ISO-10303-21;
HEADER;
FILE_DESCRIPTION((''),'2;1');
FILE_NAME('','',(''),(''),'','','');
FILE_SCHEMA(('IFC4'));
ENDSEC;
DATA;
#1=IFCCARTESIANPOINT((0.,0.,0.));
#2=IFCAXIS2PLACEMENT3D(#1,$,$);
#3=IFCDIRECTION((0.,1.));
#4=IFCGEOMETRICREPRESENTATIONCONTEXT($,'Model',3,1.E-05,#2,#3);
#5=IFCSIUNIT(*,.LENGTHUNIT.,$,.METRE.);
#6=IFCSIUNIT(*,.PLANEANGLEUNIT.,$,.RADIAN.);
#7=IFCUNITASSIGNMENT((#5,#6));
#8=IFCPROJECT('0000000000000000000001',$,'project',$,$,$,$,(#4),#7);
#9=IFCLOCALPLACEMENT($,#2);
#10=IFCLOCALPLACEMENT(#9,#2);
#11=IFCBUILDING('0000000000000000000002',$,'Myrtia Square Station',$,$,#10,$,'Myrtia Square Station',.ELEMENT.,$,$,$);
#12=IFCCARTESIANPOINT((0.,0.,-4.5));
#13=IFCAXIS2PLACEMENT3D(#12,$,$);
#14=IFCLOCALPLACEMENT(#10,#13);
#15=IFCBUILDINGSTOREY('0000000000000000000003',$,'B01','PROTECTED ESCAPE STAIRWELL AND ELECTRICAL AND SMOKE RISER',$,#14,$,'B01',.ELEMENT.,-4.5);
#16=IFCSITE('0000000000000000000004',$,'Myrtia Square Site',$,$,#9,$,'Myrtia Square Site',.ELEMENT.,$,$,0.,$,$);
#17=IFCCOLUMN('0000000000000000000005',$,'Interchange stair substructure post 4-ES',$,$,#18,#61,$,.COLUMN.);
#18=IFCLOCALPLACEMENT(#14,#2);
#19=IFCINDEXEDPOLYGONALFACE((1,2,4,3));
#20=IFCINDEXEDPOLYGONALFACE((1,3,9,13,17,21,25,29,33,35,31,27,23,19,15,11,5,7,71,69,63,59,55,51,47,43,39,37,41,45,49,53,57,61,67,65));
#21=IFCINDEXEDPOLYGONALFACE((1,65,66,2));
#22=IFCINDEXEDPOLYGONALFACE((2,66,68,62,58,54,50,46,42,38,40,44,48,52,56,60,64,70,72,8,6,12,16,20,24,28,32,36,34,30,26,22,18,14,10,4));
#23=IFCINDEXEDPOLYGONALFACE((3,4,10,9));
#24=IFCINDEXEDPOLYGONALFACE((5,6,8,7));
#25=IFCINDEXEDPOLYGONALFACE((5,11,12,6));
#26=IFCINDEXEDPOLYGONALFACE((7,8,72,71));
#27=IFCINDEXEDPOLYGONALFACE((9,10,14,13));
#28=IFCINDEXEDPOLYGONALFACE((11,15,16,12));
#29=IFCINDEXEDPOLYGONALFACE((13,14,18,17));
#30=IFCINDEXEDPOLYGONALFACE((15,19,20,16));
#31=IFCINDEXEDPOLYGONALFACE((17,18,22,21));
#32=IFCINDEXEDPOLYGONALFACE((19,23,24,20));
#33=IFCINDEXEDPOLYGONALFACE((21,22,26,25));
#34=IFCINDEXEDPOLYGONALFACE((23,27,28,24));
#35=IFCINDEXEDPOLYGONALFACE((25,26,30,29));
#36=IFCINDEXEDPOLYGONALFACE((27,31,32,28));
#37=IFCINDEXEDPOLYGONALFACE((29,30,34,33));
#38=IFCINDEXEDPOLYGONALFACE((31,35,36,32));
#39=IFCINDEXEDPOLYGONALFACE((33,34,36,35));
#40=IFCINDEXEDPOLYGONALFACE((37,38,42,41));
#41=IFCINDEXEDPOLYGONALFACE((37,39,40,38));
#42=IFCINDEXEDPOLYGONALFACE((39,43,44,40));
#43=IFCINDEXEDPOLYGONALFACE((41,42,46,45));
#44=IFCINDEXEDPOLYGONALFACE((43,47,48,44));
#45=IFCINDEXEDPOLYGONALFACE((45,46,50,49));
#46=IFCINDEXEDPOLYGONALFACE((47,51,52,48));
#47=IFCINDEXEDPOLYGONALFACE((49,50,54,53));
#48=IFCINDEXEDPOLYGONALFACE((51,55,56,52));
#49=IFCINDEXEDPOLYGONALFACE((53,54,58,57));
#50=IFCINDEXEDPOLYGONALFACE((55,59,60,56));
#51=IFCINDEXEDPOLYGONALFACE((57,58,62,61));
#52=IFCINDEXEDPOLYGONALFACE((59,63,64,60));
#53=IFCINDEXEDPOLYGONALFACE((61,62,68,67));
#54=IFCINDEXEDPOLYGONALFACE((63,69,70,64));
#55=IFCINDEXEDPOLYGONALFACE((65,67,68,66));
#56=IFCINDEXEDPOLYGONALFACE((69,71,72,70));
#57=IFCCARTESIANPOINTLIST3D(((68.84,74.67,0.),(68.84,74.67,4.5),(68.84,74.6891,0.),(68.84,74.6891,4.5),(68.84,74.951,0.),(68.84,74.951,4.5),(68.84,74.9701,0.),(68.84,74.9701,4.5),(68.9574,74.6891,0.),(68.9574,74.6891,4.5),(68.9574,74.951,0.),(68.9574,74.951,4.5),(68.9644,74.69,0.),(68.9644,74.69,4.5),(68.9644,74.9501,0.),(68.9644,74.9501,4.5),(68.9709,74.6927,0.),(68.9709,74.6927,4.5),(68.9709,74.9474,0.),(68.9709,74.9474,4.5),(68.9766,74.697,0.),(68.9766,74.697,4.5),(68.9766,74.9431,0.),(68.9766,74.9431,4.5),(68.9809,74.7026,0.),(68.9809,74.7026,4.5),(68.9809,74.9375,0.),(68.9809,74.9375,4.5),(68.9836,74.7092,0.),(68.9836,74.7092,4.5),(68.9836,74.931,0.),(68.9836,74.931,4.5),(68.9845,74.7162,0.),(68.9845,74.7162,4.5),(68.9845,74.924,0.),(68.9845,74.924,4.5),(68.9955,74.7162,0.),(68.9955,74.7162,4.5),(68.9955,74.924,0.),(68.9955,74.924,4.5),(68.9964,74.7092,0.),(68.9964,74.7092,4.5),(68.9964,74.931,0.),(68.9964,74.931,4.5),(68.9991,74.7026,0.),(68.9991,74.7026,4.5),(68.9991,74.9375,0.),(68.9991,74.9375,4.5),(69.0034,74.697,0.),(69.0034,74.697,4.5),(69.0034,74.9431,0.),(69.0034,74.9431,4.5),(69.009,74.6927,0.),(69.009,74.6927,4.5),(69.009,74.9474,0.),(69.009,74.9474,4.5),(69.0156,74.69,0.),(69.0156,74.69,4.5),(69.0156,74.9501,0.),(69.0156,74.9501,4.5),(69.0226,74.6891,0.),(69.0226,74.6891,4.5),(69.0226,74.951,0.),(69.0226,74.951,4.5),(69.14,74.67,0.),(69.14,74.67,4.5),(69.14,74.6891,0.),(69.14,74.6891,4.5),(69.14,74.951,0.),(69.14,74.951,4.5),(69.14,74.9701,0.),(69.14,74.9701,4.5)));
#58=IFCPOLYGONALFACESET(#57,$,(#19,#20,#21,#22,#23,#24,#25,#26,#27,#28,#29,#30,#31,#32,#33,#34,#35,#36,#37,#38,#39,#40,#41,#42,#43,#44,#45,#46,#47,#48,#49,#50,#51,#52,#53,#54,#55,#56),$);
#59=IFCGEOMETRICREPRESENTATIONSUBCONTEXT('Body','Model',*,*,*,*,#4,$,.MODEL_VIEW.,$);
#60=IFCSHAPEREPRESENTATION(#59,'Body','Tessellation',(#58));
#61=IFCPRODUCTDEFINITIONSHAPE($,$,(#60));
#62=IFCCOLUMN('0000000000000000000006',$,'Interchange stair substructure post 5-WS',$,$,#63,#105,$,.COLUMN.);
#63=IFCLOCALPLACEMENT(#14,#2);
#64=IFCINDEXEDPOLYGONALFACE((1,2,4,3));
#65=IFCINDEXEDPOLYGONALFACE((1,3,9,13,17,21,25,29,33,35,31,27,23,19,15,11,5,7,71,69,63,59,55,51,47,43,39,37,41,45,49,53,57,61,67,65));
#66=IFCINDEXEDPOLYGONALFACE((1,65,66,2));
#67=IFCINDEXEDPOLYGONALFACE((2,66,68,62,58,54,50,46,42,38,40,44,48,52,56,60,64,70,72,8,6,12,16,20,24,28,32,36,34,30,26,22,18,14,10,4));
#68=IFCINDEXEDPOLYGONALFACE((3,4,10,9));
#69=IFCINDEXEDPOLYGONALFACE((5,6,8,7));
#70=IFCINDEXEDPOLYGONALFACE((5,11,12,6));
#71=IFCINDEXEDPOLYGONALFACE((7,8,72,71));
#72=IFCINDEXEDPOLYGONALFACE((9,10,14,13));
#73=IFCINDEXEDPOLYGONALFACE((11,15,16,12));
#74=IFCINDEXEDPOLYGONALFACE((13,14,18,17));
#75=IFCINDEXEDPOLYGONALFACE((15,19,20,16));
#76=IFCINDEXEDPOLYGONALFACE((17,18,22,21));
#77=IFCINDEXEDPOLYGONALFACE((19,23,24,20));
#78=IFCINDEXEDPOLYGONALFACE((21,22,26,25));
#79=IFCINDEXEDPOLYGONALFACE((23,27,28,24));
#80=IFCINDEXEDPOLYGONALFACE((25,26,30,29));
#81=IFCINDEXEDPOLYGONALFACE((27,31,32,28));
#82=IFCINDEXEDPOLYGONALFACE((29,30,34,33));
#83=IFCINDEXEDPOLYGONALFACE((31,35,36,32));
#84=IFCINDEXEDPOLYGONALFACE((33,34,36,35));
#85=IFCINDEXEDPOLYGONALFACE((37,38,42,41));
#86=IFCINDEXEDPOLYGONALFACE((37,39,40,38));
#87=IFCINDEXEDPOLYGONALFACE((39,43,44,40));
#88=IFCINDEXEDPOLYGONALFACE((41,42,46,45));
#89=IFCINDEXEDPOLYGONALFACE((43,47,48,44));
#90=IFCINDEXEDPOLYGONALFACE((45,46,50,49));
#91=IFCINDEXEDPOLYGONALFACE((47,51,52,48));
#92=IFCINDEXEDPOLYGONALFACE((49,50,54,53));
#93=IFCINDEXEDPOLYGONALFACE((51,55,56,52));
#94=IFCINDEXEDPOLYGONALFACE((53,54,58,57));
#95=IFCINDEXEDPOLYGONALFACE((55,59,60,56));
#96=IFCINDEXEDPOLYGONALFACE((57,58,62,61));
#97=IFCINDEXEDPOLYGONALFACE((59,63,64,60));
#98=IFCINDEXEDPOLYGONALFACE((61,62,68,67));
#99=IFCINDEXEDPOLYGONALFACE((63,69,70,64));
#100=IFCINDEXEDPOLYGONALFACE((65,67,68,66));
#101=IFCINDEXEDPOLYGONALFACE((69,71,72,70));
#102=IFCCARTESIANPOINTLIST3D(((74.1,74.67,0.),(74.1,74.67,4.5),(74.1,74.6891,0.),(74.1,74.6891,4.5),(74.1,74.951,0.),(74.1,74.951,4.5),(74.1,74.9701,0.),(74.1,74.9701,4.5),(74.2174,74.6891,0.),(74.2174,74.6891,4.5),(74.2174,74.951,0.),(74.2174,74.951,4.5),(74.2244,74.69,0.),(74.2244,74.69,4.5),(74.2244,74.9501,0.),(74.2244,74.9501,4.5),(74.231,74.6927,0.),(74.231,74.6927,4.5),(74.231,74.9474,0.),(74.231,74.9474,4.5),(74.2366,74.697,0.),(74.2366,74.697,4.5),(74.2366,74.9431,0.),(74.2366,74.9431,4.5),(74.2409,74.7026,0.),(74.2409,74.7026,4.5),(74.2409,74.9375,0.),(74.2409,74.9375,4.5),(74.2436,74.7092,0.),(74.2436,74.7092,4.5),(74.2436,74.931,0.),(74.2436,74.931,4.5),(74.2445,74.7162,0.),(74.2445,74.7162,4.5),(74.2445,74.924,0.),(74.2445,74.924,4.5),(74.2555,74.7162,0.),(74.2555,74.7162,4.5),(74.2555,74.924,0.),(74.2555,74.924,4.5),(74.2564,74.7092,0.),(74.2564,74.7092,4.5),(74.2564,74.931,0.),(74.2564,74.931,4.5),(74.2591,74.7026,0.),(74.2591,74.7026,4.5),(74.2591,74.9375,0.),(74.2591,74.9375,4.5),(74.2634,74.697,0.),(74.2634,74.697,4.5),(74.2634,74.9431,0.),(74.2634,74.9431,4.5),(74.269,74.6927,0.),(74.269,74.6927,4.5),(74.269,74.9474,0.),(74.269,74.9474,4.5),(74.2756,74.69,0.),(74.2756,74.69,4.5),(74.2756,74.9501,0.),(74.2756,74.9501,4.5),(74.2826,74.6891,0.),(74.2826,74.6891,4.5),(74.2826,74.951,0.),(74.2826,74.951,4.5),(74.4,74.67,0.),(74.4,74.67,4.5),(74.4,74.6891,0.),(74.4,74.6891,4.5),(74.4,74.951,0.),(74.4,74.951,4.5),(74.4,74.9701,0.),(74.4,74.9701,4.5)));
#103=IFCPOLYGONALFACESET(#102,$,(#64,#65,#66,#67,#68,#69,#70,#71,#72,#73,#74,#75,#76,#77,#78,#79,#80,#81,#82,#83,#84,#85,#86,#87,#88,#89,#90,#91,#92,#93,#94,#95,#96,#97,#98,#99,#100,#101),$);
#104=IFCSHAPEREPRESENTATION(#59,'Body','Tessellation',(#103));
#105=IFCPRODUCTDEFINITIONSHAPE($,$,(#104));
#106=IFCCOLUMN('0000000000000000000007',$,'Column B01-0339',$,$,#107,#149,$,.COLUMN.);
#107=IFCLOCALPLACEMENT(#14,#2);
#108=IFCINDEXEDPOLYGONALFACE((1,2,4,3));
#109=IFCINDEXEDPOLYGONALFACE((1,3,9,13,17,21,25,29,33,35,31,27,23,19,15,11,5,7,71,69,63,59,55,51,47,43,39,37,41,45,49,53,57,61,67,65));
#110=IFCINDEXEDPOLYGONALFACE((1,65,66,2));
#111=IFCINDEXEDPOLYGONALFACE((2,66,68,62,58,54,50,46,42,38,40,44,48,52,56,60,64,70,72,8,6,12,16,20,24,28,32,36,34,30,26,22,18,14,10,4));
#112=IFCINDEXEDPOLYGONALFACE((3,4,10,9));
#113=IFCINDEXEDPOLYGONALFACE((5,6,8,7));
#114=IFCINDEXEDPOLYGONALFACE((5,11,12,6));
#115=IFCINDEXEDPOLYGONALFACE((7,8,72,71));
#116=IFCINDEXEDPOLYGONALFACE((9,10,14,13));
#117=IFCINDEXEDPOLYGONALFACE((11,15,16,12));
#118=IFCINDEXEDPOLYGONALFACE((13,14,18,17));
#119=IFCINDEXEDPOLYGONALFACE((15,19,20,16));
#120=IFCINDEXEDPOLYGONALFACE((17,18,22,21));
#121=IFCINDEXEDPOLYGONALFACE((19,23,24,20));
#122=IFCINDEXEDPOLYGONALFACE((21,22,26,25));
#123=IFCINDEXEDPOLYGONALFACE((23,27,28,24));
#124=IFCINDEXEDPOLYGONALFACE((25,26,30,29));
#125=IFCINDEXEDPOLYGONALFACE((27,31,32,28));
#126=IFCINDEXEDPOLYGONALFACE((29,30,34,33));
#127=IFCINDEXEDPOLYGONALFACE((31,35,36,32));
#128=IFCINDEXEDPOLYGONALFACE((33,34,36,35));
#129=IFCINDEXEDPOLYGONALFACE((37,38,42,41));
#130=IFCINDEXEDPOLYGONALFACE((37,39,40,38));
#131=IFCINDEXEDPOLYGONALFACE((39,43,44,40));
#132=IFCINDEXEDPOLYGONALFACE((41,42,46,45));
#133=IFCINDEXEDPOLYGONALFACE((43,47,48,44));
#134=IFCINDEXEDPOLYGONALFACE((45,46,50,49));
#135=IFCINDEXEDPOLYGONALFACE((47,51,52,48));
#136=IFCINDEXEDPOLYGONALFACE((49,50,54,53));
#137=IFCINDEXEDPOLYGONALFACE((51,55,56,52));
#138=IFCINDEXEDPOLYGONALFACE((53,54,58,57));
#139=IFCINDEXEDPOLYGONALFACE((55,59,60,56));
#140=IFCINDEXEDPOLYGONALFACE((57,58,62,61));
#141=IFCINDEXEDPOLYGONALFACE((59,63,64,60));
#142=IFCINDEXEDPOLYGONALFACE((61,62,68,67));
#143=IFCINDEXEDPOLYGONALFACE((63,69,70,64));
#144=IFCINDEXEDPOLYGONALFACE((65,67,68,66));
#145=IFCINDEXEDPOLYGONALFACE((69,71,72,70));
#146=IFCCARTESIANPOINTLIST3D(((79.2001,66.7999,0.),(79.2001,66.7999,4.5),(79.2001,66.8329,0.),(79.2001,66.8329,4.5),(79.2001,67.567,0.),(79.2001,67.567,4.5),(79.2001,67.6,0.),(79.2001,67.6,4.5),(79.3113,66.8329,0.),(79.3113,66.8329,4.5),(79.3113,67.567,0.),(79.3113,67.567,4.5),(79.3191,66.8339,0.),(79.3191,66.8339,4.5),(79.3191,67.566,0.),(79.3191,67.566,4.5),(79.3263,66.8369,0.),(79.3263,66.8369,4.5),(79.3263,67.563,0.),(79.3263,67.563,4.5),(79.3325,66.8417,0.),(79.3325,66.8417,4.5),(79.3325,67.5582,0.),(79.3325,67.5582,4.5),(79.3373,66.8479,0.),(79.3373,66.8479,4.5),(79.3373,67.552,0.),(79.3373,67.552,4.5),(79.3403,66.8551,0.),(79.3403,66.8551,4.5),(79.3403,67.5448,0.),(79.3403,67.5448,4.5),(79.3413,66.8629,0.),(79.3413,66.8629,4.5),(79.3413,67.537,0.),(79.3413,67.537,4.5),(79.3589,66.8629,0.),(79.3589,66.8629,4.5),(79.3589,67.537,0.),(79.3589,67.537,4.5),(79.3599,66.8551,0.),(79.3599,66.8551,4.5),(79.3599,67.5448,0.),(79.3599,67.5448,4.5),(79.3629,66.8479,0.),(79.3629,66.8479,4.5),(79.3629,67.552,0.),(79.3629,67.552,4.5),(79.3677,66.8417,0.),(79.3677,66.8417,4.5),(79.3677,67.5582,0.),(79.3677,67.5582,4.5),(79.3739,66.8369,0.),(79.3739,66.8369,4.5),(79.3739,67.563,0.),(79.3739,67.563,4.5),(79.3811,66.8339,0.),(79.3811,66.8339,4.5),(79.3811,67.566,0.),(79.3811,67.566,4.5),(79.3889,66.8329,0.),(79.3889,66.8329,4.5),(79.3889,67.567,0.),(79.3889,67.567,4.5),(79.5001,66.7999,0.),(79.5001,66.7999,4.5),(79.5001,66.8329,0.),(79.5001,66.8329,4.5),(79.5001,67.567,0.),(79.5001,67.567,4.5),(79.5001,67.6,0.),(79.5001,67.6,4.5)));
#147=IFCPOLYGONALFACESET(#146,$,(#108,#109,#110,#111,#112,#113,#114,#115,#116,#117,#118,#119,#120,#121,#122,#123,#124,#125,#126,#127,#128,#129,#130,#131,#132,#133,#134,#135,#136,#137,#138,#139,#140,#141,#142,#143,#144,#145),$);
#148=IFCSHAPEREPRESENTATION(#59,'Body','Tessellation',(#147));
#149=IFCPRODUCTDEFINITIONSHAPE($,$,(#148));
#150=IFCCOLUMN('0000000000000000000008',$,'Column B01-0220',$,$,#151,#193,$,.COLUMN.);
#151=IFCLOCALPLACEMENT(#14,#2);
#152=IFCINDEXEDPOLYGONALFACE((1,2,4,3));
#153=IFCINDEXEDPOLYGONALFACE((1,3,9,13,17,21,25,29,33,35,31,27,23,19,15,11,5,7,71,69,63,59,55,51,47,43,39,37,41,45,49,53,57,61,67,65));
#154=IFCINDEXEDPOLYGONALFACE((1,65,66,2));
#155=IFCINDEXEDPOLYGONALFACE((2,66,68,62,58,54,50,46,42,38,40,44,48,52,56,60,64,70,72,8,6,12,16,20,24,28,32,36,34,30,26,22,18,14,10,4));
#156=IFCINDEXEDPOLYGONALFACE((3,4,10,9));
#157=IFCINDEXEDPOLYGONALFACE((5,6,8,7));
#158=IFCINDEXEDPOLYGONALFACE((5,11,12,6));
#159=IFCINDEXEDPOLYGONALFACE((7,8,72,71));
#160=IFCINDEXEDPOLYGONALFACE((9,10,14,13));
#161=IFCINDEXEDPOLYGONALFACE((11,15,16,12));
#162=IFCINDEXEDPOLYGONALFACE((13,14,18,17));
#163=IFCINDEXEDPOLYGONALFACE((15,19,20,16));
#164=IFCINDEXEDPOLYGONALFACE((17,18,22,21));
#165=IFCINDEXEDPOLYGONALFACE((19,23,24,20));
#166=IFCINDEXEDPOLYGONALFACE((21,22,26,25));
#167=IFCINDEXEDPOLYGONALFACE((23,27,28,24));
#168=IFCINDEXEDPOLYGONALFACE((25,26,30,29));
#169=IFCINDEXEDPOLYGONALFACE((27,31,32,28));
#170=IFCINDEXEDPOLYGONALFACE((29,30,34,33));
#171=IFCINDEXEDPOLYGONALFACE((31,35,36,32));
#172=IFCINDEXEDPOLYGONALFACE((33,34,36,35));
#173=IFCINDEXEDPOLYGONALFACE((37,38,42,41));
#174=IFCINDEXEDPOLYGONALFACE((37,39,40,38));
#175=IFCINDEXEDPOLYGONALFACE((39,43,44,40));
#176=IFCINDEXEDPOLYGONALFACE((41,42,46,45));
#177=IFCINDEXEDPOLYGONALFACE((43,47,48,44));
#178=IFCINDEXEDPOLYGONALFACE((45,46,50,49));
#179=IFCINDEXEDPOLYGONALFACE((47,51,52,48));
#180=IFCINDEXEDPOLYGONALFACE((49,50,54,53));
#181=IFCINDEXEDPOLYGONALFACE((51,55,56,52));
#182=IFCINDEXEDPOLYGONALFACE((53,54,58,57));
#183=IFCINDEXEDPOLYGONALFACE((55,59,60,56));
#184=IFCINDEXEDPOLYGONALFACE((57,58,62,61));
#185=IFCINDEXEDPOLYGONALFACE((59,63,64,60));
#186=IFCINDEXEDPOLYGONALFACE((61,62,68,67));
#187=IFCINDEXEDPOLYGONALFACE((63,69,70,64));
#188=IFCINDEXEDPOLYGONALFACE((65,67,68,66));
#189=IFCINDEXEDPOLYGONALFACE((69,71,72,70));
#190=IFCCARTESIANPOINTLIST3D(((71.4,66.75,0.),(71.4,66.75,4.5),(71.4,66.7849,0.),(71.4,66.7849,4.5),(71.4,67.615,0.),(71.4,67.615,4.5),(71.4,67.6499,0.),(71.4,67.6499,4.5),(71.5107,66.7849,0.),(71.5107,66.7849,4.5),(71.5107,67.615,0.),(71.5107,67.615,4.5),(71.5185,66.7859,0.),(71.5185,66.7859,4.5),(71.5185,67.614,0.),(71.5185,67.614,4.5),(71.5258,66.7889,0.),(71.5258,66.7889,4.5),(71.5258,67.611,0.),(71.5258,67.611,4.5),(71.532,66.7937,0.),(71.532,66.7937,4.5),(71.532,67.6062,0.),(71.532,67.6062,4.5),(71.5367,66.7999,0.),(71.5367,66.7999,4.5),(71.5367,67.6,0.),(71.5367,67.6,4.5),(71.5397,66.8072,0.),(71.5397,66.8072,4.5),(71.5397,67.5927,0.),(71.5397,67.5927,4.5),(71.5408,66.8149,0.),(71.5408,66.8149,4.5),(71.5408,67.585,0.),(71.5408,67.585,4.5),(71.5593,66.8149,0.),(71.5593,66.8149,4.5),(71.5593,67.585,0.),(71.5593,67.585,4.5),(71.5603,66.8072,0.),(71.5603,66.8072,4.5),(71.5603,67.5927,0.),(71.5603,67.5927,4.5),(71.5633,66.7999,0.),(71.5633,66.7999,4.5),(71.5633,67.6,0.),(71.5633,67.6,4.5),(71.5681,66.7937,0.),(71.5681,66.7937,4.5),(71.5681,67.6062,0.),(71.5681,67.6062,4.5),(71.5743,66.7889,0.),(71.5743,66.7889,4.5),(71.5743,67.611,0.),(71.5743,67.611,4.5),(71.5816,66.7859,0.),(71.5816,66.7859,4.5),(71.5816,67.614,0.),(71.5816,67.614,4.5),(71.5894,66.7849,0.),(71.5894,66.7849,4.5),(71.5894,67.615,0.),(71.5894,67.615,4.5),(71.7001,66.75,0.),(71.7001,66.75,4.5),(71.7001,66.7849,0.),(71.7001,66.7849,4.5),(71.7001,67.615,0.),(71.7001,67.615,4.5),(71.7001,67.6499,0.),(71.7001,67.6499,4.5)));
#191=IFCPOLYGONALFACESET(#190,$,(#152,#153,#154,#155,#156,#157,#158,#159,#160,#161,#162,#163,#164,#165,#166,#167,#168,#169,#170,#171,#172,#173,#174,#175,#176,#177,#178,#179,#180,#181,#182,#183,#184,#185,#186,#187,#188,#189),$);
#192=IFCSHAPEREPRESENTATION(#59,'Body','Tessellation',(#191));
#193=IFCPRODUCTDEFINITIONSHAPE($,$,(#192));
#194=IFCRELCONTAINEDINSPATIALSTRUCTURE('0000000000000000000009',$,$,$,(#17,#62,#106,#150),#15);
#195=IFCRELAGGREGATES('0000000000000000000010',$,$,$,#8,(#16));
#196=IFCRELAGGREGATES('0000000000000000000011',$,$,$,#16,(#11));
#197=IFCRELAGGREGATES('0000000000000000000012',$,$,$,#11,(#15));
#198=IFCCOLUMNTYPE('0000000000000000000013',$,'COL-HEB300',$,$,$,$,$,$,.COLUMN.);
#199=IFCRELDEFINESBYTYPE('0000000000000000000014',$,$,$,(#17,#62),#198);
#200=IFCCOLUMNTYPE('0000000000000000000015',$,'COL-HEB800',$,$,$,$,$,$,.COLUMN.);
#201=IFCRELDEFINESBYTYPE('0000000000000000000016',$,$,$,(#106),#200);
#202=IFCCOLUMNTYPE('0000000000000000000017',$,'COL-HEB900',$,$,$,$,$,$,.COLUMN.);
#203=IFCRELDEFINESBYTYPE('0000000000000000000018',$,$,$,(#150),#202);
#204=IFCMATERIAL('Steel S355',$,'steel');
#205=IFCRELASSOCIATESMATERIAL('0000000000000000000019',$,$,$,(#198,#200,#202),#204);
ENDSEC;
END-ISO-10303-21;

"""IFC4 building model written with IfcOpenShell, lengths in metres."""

from ifc_helpers import new_model, si_unit, direction, frame, origin, origin_2d, place, context, subcontext, project, spatial, i_section, extrude, material, material_profile, profile_set, type_object, element, save


model = new_model("IFC4")

# Units and contexts
model_context = context("Model", 3, precision=1e-05, world=origin(), true_north=direction((0.0, 1.0)))
body_context = subcontext(model_context, "Body", "Model", "MODEL_VIEW")
ifc_project = project(units=[si_unit("LENGTHUNIT", "METRE"), si_unit("PLANEANGLEUNIT", "RADIAN")], contexts=[model_context])

# Site, building, storey
site_placement = place(None, origin())
site = spatial("IfcSite", under=ifc_project, at=site_placement, Name="Myrtia Square Site", LongName="Myrtia Square Site", CompositionType="ELEMENT", RefElevation=0.0)
building_placement = place(site_placement, origin())
building = spatial("IfcBuilding", under=site, at=building_placement, Name="Myrtia Square Station", LongName="Myrtia Square Station", CompositionType="ELEMENT")
storey_placement = place(building_placement, frame((0.0, 0.0, -4.5)))
storey = spatial("IfcBuildingStorey", under=building, at=storey_placement, Name="B01", Description="PROTECTED ESCAPE STAIRWELL AND ELECTRICAL AND SMOKE RISER", LongName="B01", CompositionType="ELEMENT", Elevation=-4.5)

# Columns
ifc_material_1 = material(Name="Steel S355", Category="steel")
ifc_material_profile_1 = material_profile(ifc_material_1, i_section(OverallWidth=0.3, OverallDepth=0.3, WebThickness=0.011, FlangeThickness=0.019, FilletRadius=0.0271, at=origin_2d()), Name="HEB 300")
ifc_profile_set_1 = profile_set([ifc_material_profile_1], Name="Steel S355")
column_type_1 = type_object("IfcColumnType", Name="COL-HEB300", PredefinedType="COLUMN", material=ifc_profile_set_1)
for number, where, z_axis, x_axis, name in (
    (1, (68.99, 74.8201, 0.0), (0.0, 0.0, 1.0), (1.0, 0.0, 0.0), "Interchange stair substructure post 4-ES"),
    (2, (74.25, 74.8201, 0.0), (0.0, 0.0, 1.0), (1.0, 0.0, 0.0), "Interchange stair substructure post 5-WS"),
):
    element("IfcColumn", number, at=place(storey_placement, frame(where, z_axis=z_axis, x_axis=x_axis)), inside=storey, type_object=column_type_1, Name=name, PredefinedType="COLUMN", context=body_context, shape_type="SweptSolid", body=[
        extrude(i_section(OverallWidth=0.3, OverallDepth=0.3, WebThickness=0.011, FlangeThickness=0.019, FilletRadius=0.0271, at=origin_2d()), origin(), (0.0, 0.0, 1.0), 4.5),
    ])
ifc_material_profile_2 = material_profile(ifc_material_1, i_section(OverallWidth=0.3, OverallDepth=0.8, WebThickness=0.0176, FlangeThickness=0.033, FilletRadius=0.03, at=origin_2d()), Name="HEB 800")
ifc_profile_set_2 = profile_set([ifc_material_profile_2], Name="Steel S355")
column_type_2 = type_object("IfcColumnType", Name="COL-HEB800", PredefinedType="COLUMN", material=ifc_profile_set_2)
column_1_placement = place(storey_placement, frame((79.3501, 67.2, 0.0), z_axis=(0.0, 0.0, 1.0), x_axis=(1.0, 0.0, 0.0)))
element("IfcColumn", 3, at=column_1_placement, inside=storey, type_object=column_type_2, Name="Column B01-0339", PredefinedType="COLUMN", context=body_context, shape_type="SweptSolid", body=[
    extrude(i_section(OverallWidth=0.3, OverallDepth=0.8, WebThickness=0.0176, FlangeThickness=0.033, FilletRadius=0.03, at=origin_2d()), origin(), (0.0, 0.0, 1.0), 4.5),
])
ifc_material_profile_3 = material_profile(ifc_material_1, i_section(OverallWidth=0.3, OverallDepth=0.8999, WebThickness=0.0186, FlangeThickness=0.0349, FilletRadius=0.03, at=origin_2d()), Name="HEB 900")
ifc_profile_set_3 = profile_set([ifc_material_profile_3], Name="Steel S355")
column_type_3 = type_object("IfcColumnType", Name="COL-HEB900", PredefinedType="COLUMN", material=ifc_profile_set_3)
column_2_placement = place(storey_placement, frame((71.55, 67.2, 0.0), z_axis=(0.0, 0.0, 1.0), x_axis=(1.0, 0.0, 0.0)))
element("IfcColumn", 4, at=column_2_placement, inside=storey, type_object=column_type_3, Name="Column B01-0220", PredefinedType="COLUMN", context=body_context, shape_type="SweptSolid", body=[
    extrude(i_section(OverallWidth=0.3, OverallDepth=0.8999, WebThickness=0.0186, FlangeThickness=0.0349, FilletRadius=0.03, at=origin_2d()), origin(), (0.0, 0.0, 1.0), 4.5),
])

save(model, "model.ifc")
